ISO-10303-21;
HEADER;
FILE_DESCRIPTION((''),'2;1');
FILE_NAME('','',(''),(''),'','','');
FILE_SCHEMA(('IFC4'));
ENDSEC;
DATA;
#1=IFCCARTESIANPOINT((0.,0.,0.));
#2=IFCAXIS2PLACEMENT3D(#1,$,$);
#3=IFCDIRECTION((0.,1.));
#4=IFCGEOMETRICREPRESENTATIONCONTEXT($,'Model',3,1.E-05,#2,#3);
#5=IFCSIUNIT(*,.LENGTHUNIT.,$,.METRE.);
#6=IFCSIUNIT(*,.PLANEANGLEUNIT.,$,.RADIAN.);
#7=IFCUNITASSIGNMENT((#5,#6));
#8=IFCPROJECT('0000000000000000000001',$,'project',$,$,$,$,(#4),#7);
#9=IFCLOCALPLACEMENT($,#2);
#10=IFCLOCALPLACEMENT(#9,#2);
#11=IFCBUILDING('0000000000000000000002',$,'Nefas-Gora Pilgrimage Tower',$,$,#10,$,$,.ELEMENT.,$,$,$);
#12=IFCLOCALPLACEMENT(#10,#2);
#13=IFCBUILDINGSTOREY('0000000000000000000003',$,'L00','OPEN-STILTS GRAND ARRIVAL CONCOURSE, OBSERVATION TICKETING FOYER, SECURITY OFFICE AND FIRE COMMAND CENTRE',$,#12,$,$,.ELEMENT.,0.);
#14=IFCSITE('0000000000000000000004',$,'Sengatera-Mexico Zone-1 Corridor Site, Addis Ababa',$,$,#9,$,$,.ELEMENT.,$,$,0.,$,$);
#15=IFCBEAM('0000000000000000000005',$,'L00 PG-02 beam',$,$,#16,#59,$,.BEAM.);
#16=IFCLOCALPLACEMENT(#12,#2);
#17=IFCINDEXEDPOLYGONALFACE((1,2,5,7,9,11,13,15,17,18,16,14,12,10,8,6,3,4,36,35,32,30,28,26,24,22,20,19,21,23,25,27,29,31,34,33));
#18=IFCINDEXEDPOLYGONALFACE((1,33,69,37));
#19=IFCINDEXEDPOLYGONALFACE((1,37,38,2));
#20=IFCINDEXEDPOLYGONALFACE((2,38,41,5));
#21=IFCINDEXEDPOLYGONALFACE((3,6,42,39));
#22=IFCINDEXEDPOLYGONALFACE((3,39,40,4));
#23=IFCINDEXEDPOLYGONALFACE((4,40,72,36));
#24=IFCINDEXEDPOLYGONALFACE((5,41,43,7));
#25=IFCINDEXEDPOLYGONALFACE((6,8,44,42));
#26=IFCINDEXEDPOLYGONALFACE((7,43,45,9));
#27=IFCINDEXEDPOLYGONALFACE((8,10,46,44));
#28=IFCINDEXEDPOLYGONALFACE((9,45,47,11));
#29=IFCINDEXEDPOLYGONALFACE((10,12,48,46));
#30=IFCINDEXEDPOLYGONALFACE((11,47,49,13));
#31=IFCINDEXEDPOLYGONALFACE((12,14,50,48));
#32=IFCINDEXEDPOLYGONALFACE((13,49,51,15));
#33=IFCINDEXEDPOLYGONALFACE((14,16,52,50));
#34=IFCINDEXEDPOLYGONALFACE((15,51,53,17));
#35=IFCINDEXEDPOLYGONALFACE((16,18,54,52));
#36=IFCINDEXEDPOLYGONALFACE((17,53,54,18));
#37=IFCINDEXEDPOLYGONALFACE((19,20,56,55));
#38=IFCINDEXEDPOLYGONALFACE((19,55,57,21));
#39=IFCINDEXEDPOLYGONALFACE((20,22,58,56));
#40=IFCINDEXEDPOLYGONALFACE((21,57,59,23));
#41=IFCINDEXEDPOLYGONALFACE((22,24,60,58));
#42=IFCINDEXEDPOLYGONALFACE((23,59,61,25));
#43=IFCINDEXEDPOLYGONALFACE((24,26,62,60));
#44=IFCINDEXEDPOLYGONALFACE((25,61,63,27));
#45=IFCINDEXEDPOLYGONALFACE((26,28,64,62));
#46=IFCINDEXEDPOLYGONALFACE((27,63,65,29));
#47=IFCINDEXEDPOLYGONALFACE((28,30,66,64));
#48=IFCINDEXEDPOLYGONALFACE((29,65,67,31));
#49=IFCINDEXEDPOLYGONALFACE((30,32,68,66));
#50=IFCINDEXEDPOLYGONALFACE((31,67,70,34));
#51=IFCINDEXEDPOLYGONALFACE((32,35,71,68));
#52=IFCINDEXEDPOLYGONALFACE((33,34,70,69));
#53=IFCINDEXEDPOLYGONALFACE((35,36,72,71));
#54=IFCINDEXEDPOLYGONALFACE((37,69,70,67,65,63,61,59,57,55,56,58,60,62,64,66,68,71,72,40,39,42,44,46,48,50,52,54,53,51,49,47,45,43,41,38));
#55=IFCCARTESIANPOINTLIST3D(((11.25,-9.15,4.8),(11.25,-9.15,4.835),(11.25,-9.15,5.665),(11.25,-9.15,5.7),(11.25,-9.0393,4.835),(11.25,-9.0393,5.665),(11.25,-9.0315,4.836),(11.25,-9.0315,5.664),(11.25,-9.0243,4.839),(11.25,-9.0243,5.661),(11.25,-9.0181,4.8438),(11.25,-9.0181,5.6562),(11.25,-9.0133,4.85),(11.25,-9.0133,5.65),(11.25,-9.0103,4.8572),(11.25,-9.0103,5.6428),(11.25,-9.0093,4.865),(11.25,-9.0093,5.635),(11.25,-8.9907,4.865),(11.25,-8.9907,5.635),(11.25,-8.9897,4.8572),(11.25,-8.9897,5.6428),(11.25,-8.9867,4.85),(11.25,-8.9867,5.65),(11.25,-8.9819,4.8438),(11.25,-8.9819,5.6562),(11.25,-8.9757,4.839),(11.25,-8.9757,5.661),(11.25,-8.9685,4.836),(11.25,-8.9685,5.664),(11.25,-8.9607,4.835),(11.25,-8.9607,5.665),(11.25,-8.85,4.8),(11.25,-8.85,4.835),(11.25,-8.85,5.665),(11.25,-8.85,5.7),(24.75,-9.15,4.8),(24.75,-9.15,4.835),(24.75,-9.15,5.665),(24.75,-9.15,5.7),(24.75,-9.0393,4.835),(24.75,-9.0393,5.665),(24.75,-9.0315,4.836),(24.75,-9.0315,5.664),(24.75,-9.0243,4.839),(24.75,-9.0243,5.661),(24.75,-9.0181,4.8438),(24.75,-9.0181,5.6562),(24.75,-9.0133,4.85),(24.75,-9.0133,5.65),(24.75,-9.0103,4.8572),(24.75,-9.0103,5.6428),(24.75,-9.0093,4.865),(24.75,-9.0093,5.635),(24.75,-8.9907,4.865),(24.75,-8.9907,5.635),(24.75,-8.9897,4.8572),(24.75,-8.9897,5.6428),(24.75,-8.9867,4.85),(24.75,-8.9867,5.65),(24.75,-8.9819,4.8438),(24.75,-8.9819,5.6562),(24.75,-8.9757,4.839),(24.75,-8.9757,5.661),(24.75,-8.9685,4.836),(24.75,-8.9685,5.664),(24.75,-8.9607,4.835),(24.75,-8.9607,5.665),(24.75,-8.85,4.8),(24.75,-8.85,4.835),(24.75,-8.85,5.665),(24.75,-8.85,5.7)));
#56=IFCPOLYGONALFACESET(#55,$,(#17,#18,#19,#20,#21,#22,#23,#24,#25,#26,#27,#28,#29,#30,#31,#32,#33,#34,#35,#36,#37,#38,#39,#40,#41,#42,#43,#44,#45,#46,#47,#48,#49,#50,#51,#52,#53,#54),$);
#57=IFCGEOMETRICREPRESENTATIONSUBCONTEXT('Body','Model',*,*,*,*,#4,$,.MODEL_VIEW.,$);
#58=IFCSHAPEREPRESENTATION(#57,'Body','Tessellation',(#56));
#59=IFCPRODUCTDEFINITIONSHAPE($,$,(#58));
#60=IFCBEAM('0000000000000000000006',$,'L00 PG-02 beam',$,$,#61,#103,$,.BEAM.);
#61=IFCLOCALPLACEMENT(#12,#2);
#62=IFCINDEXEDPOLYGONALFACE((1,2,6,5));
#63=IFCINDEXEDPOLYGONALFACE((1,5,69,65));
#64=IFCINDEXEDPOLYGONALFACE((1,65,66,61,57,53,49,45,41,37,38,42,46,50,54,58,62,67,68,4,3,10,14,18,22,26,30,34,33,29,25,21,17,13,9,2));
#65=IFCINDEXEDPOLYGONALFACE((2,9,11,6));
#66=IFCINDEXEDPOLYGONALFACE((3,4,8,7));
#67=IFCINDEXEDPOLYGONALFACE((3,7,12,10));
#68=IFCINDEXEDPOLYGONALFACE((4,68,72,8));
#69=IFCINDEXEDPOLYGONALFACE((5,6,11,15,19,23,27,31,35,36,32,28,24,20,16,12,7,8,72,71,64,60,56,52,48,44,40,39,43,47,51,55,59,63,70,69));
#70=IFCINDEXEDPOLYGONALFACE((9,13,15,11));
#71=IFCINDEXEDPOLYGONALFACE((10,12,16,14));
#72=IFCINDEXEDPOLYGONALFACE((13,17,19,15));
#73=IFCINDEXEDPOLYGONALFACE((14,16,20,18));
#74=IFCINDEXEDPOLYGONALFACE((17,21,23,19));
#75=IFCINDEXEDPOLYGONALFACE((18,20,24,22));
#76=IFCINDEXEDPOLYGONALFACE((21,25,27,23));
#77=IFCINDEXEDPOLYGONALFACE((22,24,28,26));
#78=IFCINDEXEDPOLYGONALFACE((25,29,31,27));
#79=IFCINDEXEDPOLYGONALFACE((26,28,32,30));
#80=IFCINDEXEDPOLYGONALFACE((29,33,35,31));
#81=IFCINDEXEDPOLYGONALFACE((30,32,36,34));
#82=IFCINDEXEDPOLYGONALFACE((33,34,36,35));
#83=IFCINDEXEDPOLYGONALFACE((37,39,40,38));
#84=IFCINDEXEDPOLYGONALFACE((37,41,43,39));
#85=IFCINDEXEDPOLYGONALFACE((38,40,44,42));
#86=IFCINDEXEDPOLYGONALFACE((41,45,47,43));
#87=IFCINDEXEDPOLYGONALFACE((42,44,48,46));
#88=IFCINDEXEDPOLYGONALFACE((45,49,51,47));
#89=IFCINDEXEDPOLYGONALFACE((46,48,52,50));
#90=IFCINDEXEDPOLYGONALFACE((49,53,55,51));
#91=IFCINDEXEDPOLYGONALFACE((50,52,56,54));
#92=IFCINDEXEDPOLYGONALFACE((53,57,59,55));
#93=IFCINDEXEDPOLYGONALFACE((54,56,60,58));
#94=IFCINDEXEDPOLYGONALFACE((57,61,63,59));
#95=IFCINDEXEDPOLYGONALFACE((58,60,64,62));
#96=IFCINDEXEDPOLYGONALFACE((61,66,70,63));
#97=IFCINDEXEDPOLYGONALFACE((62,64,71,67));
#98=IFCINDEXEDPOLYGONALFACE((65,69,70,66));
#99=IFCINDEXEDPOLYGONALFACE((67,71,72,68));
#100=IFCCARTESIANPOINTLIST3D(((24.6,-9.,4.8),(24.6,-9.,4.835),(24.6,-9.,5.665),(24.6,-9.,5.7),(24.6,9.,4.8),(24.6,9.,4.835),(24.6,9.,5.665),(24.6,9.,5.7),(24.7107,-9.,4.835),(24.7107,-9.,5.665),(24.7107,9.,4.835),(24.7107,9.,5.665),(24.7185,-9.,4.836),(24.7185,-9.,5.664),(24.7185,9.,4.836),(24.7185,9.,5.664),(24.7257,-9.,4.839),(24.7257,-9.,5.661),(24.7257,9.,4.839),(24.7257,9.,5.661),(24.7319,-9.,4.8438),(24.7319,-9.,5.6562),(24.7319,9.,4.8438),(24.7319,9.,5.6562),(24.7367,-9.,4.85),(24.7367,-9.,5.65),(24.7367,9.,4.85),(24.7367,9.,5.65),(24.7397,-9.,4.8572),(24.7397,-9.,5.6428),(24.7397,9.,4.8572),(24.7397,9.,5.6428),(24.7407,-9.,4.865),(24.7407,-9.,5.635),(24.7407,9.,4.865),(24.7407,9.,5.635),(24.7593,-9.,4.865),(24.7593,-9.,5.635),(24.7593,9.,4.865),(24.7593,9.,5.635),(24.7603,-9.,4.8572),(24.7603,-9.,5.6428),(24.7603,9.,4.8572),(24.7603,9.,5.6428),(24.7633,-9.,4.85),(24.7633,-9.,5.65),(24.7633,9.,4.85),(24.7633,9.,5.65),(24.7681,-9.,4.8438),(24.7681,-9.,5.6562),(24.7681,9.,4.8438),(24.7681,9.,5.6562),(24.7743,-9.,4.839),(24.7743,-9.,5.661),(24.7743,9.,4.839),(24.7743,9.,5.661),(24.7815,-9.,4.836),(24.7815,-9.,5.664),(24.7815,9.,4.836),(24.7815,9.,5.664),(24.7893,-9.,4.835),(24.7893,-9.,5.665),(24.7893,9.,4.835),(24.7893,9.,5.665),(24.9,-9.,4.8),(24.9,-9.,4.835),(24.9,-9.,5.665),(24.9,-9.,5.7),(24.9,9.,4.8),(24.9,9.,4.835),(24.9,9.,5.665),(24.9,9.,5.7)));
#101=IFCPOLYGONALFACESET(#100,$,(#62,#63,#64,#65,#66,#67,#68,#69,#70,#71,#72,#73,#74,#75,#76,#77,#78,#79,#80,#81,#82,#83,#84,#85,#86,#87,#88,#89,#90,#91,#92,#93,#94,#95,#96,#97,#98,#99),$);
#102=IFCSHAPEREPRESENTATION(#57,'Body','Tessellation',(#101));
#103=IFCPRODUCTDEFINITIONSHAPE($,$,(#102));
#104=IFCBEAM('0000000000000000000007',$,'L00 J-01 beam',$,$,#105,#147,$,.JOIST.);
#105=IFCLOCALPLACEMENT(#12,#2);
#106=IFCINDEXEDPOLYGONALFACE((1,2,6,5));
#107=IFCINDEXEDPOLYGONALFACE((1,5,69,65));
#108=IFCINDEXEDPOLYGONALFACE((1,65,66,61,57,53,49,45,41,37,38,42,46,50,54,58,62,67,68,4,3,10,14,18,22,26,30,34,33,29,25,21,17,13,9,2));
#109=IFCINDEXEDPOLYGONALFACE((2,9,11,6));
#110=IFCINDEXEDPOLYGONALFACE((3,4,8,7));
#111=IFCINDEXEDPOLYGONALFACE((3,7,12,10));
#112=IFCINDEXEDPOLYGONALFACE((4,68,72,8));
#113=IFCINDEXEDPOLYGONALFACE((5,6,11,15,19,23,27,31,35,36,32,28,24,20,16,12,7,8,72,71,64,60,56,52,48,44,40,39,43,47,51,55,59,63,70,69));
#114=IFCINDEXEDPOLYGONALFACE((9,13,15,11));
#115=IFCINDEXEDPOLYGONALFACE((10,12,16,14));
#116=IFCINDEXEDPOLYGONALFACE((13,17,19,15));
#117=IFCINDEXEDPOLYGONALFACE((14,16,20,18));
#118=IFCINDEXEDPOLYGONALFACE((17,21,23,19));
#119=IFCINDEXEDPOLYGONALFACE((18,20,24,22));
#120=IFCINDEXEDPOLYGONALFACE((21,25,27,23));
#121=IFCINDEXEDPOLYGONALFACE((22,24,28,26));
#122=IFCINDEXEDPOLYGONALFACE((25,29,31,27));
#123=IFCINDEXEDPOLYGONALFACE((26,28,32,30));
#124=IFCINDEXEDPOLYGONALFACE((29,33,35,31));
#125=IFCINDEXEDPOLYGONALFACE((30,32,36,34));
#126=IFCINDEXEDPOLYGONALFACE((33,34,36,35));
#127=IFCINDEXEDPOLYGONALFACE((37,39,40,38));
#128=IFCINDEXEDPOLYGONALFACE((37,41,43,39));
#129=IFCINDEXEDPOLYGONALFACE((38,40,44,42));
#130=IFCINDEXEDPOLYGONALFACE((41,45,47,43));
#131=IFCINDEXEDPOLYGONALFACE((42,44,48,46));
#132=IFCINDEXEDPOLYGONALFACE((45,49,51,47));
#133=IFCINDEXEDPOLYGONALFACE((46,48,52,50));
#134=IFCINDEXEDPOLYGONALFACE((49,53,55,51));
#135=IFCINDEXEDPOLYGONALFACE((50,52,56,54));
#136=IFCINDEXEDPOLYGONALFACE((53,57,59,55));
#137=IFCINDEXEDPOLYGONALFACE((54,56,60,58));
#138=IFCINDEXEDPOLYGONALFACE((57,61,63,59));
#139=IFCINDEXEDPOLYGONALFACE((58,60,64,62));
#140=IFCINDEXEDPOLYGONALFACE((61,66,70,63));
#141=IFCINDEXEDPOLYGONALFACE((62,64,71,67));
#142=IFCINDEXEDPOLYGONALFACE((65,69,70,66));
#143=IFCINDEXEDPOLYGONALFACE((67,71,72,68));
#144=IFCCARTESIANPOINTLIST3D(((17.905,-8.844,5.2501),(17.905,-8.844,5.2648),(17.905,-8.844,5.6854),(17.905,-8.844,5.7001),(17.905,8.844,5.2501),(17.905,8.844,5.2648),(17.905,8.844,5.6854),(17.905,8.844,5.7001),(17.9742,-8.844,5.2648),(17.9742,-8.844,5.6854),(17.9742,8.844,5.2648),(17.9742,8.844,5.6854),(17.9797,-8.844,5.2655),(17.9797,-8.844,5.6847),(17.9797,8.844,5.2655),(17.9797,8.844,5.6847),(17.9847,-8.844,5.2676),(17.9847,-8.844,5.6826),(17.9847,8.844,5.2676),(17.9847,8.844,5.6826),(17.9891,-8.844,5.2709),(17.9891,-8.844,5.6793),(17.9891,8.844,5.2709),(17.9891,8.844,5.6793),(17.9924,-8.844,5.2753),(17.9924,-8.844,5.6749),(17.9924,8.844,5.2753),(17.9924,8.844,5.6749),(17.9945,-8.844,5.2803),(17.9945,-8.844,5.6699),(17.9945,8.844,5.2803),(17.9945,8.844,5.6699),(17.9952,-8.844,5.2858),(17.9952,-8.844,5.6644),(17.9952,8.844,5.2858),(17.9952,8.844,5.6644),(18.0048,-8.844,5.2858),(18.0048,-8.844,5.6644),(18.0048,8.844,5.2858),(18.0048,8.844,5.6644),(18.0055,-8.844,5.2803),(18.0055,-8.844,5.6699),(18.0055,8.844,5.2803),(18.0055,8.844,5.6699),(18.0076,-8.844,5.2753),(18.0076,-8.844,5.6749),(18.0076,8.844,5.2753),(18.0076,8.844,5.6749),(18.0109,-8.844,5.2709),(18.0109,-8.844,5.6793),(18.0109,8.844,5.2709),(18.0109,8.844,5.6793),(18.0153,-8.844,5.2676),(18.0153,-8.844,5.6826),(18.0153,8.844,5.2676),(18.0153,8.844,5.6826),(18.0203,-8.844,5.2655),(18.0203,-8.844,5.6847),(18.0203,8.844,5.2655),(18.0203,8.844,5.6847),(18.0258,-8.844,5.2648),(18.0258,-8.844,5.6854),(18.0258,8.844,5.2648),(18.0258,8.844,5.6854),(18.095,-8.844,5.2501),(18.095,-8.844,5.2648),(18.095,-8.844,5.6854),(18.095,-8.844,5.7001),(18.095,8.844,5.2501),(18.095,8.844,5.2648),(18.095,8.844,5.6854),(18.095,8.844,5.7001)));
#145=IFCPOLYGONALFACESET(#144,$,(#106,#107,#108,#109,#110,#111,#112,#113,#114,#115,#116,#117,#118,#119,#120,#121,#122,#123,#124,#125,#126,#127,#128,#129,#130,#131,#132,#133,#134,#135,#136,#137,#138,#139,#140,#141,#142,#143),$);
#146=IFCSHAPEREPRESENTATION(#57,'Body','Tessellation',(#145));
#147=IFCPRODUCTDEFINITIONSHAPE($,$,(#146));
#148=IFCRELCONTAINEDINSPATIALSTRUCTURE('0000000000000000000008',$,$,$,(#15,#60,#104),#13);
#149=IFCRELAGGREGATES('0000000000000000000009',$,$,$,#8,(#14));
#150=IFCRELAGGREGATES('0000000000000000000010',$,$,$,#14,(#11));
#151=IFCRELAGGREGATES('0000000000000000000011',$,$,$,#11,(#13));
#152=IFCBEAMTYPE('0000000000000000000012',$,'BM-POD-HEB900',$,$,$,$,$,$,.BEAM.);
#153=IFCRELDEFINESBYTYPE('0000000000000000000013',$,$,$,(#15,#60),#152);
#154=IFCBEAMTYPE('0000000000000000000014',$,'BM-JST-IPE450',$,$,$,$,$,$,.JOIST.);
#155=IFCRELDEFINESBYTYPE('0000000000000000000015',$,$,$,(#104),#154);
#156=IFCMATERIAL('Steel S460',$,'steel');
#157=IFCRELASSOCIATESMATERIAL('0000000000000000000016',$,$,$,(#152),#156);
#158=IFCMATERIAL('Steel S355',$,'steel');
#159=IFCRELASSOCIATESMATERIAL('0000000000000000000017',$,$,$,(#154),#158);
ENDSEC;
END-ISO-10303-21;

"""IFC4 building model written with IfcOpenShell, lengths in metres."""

from ifc_helpers import new_model, si_unit, direction, frame, origin, origin_2d, place, context, subcontext, project, spatial, i_section, extrude, source, transform, mapped, material, material_profile, profile_set, type_object, element, save


model = new_model("IFC4")

# Units and contexts
model_context = context("Model", 3, precision=1e-05, world=origin(), true_north=direction((0.0, 1.0)))
body_context = subcontext(model_context, "Body", "Model", "MODEL_VIEW")
ifc_project = project(units=[si_unit("LENGTHUNIT", "METRE"), si_unit("PLANEANGLEUNIT", "RADIAN")], contexts=[model_context])

# Site, building, storey
site_placement = place(None, origin())
site = spatial("IfcSite", under=ifc_project, at=site_placement, Name="Sengatera-Mexico Zone-1 Corridor Site, Addis Ababa", CompositionType="ELEMENT", RefElevation=0.0)
building_placement = place(site_placement, origin())
building = spatial("IfcBuilding", under=site, at=building_placement, Name="Nefas-Gora Pilgrimage Tower", CompositionType="ELEMENT")
storey_placement = place(building_placement, origin())
storey = spatial("IfcBuildingStorey", under=building, at=storey_placement, Name="L00", Description="OPEN-STILTS GRAND ARRIVAL CONCOURSE, OBSERVATION TICKETING FOYER, SECURITY OFFICE AND FIRE COMMAND CENTRE", CompositionType="ELEMENT", Elevation=0.0)

# Shared definitions
ifc_material_1 = material(Name="Steel S460", Category="steel")

# Beams
ifc_material_profile_1 = material_profile(ifc_material_1, i_section(OverallWidth=0.3, OverallDepth=0.8999, WebThickness=0.0186, FlangeThickness=0.0349, FilletRadius=0.03, at=origin_2d()), Name="HEB 900")
ifc_profile_set_1 = profile_set([ifc_material_profile_1], Name="Steel S460")
beam_type_1 = type_object("IfcBeamType", Name="BM-POD-HEB900", PredefinedType="BEAM", material=ifc_profile_set_1)
shared_shape_1 = source(origin(), body_context, "Body", "SweptSolid", [
    extrude(i_section(OverallWidth=0.3, OverallDepth=0.8999, WebThickness=0.0186, FlangeThickness=0.0349, FilletRadius=0.03, at=origin_2d()), origin(), (0.0, 0.0, 1.0), 13.5),
])
beam_1_placement = place(storey_placement, frame((11.25, -9.0, 5.25), z_axis=(1.0, 0.0, 0.0), x_axis=(0.0, 1.0, 0.0)))
element("IfcBeam", 1, at=beam_1_placement, inside=storey, type_object=beam_type_1, Name="L00 PG-02 beam", PredefinedType="BEAM", context=body_context, shape_type="MappedRepresentation", body=[
    mapped(shared_shape_1, transform((0.0, 0.0, 0.0), x_axis=(1.0, 0.0, 0.0), y_axis=(0.0, 1.0, 0.0), z_axis=(0.0, 0.0, 1.0), scale=1.0)),
])
shared_shape_2 = source(origin(), body_context, "Body", "SweptSolid", [
    extrude(i_section(OverallWidth=0.3, OverallDepth=0.8999, WebThickness=0.0186, FlangeThickness=0.0349, FilletRadius=0.03, at=origin_2d()), origin(), (0.0, 0.0, 1.0), 18.0),
])
beam_2_placement = place(storey_placement, frame((24.75, -9.0, 5.25), z_axis=(0.0, 1.0, 0.0), x_axis=(-1.0, 0.0, 0.0)))
element("IfcBeam", 2, at=beam_2_placement, inside=storey, type_object=beam_type_1, Name="L00 PG-02 beam", PredefinedType="BEAM", context=body_context, shape_type="MappedRepresentation", body=[
    mapped(shared_shape_2, transform((0.0, 0.0, 0.0), x_axis=(1.0, 0.0, 0.0), y_axis=(0.0, 1.0, 0.0), z_axis=(0.0, 0.0, 1.0), scale=1.0)),
])
ifc_material_2 = material(Name="Steel S355", Category="steel")
ifc_material_profile_2 = material_profile(ifc_material_2, i_section(OverallWidth=0.1899, OverallDepth=0.45, WebThickness=0.0095, FlangeThickness=0.0146, FilletRadius=0.021, at=origin_2d()), Name="IPE 450")
ifc_profile_set_2 = profile_set([ifc_material_profile_2], Name="Steel S355")
beam_type_2 = type_object("IfcBeamType", Name="BM-JST-IPE450", PredefinedType="JOIST", material=ifc_profile_set_2)
shared_shape_3 = source(origin(), body_context, "Body", "SweptSolid", [
    extrude(i_section(OverallWidth=0.1899, OverallDepth=0.45, WebThickness=0.0095, FlangeThickness=0.0146, FilletRadius=0.021, at=origin_2d()), origin(), (0.0, 0.0, 1.0), 17.688),
])
beam_3_placement = place(storey_placement, frame((18.0, -8.844, 5.4751), z_axis=(0.0, 1.0, 0.0), x_axis=(-1.0, 0.0, 0.0)))
element("IfcBeam", 3, at=beam_3_placement, inside=storey, type_object=beam_type_2, Name="L00 J-01 beam", PredefinedType="JOIST", context=body_context, shape_type="MappedRepresentation", body=[
    mapped(shared_shape_3, transform((0.0, 0.0, 0.0), x_axis=(1.0, 0.0, 0.0), y_axis=(0.0, 1.0, 0.0), z_axis=(0.0, 0.0, 1.0), scale=1.0)),
])

save(model, "model.ifc")
